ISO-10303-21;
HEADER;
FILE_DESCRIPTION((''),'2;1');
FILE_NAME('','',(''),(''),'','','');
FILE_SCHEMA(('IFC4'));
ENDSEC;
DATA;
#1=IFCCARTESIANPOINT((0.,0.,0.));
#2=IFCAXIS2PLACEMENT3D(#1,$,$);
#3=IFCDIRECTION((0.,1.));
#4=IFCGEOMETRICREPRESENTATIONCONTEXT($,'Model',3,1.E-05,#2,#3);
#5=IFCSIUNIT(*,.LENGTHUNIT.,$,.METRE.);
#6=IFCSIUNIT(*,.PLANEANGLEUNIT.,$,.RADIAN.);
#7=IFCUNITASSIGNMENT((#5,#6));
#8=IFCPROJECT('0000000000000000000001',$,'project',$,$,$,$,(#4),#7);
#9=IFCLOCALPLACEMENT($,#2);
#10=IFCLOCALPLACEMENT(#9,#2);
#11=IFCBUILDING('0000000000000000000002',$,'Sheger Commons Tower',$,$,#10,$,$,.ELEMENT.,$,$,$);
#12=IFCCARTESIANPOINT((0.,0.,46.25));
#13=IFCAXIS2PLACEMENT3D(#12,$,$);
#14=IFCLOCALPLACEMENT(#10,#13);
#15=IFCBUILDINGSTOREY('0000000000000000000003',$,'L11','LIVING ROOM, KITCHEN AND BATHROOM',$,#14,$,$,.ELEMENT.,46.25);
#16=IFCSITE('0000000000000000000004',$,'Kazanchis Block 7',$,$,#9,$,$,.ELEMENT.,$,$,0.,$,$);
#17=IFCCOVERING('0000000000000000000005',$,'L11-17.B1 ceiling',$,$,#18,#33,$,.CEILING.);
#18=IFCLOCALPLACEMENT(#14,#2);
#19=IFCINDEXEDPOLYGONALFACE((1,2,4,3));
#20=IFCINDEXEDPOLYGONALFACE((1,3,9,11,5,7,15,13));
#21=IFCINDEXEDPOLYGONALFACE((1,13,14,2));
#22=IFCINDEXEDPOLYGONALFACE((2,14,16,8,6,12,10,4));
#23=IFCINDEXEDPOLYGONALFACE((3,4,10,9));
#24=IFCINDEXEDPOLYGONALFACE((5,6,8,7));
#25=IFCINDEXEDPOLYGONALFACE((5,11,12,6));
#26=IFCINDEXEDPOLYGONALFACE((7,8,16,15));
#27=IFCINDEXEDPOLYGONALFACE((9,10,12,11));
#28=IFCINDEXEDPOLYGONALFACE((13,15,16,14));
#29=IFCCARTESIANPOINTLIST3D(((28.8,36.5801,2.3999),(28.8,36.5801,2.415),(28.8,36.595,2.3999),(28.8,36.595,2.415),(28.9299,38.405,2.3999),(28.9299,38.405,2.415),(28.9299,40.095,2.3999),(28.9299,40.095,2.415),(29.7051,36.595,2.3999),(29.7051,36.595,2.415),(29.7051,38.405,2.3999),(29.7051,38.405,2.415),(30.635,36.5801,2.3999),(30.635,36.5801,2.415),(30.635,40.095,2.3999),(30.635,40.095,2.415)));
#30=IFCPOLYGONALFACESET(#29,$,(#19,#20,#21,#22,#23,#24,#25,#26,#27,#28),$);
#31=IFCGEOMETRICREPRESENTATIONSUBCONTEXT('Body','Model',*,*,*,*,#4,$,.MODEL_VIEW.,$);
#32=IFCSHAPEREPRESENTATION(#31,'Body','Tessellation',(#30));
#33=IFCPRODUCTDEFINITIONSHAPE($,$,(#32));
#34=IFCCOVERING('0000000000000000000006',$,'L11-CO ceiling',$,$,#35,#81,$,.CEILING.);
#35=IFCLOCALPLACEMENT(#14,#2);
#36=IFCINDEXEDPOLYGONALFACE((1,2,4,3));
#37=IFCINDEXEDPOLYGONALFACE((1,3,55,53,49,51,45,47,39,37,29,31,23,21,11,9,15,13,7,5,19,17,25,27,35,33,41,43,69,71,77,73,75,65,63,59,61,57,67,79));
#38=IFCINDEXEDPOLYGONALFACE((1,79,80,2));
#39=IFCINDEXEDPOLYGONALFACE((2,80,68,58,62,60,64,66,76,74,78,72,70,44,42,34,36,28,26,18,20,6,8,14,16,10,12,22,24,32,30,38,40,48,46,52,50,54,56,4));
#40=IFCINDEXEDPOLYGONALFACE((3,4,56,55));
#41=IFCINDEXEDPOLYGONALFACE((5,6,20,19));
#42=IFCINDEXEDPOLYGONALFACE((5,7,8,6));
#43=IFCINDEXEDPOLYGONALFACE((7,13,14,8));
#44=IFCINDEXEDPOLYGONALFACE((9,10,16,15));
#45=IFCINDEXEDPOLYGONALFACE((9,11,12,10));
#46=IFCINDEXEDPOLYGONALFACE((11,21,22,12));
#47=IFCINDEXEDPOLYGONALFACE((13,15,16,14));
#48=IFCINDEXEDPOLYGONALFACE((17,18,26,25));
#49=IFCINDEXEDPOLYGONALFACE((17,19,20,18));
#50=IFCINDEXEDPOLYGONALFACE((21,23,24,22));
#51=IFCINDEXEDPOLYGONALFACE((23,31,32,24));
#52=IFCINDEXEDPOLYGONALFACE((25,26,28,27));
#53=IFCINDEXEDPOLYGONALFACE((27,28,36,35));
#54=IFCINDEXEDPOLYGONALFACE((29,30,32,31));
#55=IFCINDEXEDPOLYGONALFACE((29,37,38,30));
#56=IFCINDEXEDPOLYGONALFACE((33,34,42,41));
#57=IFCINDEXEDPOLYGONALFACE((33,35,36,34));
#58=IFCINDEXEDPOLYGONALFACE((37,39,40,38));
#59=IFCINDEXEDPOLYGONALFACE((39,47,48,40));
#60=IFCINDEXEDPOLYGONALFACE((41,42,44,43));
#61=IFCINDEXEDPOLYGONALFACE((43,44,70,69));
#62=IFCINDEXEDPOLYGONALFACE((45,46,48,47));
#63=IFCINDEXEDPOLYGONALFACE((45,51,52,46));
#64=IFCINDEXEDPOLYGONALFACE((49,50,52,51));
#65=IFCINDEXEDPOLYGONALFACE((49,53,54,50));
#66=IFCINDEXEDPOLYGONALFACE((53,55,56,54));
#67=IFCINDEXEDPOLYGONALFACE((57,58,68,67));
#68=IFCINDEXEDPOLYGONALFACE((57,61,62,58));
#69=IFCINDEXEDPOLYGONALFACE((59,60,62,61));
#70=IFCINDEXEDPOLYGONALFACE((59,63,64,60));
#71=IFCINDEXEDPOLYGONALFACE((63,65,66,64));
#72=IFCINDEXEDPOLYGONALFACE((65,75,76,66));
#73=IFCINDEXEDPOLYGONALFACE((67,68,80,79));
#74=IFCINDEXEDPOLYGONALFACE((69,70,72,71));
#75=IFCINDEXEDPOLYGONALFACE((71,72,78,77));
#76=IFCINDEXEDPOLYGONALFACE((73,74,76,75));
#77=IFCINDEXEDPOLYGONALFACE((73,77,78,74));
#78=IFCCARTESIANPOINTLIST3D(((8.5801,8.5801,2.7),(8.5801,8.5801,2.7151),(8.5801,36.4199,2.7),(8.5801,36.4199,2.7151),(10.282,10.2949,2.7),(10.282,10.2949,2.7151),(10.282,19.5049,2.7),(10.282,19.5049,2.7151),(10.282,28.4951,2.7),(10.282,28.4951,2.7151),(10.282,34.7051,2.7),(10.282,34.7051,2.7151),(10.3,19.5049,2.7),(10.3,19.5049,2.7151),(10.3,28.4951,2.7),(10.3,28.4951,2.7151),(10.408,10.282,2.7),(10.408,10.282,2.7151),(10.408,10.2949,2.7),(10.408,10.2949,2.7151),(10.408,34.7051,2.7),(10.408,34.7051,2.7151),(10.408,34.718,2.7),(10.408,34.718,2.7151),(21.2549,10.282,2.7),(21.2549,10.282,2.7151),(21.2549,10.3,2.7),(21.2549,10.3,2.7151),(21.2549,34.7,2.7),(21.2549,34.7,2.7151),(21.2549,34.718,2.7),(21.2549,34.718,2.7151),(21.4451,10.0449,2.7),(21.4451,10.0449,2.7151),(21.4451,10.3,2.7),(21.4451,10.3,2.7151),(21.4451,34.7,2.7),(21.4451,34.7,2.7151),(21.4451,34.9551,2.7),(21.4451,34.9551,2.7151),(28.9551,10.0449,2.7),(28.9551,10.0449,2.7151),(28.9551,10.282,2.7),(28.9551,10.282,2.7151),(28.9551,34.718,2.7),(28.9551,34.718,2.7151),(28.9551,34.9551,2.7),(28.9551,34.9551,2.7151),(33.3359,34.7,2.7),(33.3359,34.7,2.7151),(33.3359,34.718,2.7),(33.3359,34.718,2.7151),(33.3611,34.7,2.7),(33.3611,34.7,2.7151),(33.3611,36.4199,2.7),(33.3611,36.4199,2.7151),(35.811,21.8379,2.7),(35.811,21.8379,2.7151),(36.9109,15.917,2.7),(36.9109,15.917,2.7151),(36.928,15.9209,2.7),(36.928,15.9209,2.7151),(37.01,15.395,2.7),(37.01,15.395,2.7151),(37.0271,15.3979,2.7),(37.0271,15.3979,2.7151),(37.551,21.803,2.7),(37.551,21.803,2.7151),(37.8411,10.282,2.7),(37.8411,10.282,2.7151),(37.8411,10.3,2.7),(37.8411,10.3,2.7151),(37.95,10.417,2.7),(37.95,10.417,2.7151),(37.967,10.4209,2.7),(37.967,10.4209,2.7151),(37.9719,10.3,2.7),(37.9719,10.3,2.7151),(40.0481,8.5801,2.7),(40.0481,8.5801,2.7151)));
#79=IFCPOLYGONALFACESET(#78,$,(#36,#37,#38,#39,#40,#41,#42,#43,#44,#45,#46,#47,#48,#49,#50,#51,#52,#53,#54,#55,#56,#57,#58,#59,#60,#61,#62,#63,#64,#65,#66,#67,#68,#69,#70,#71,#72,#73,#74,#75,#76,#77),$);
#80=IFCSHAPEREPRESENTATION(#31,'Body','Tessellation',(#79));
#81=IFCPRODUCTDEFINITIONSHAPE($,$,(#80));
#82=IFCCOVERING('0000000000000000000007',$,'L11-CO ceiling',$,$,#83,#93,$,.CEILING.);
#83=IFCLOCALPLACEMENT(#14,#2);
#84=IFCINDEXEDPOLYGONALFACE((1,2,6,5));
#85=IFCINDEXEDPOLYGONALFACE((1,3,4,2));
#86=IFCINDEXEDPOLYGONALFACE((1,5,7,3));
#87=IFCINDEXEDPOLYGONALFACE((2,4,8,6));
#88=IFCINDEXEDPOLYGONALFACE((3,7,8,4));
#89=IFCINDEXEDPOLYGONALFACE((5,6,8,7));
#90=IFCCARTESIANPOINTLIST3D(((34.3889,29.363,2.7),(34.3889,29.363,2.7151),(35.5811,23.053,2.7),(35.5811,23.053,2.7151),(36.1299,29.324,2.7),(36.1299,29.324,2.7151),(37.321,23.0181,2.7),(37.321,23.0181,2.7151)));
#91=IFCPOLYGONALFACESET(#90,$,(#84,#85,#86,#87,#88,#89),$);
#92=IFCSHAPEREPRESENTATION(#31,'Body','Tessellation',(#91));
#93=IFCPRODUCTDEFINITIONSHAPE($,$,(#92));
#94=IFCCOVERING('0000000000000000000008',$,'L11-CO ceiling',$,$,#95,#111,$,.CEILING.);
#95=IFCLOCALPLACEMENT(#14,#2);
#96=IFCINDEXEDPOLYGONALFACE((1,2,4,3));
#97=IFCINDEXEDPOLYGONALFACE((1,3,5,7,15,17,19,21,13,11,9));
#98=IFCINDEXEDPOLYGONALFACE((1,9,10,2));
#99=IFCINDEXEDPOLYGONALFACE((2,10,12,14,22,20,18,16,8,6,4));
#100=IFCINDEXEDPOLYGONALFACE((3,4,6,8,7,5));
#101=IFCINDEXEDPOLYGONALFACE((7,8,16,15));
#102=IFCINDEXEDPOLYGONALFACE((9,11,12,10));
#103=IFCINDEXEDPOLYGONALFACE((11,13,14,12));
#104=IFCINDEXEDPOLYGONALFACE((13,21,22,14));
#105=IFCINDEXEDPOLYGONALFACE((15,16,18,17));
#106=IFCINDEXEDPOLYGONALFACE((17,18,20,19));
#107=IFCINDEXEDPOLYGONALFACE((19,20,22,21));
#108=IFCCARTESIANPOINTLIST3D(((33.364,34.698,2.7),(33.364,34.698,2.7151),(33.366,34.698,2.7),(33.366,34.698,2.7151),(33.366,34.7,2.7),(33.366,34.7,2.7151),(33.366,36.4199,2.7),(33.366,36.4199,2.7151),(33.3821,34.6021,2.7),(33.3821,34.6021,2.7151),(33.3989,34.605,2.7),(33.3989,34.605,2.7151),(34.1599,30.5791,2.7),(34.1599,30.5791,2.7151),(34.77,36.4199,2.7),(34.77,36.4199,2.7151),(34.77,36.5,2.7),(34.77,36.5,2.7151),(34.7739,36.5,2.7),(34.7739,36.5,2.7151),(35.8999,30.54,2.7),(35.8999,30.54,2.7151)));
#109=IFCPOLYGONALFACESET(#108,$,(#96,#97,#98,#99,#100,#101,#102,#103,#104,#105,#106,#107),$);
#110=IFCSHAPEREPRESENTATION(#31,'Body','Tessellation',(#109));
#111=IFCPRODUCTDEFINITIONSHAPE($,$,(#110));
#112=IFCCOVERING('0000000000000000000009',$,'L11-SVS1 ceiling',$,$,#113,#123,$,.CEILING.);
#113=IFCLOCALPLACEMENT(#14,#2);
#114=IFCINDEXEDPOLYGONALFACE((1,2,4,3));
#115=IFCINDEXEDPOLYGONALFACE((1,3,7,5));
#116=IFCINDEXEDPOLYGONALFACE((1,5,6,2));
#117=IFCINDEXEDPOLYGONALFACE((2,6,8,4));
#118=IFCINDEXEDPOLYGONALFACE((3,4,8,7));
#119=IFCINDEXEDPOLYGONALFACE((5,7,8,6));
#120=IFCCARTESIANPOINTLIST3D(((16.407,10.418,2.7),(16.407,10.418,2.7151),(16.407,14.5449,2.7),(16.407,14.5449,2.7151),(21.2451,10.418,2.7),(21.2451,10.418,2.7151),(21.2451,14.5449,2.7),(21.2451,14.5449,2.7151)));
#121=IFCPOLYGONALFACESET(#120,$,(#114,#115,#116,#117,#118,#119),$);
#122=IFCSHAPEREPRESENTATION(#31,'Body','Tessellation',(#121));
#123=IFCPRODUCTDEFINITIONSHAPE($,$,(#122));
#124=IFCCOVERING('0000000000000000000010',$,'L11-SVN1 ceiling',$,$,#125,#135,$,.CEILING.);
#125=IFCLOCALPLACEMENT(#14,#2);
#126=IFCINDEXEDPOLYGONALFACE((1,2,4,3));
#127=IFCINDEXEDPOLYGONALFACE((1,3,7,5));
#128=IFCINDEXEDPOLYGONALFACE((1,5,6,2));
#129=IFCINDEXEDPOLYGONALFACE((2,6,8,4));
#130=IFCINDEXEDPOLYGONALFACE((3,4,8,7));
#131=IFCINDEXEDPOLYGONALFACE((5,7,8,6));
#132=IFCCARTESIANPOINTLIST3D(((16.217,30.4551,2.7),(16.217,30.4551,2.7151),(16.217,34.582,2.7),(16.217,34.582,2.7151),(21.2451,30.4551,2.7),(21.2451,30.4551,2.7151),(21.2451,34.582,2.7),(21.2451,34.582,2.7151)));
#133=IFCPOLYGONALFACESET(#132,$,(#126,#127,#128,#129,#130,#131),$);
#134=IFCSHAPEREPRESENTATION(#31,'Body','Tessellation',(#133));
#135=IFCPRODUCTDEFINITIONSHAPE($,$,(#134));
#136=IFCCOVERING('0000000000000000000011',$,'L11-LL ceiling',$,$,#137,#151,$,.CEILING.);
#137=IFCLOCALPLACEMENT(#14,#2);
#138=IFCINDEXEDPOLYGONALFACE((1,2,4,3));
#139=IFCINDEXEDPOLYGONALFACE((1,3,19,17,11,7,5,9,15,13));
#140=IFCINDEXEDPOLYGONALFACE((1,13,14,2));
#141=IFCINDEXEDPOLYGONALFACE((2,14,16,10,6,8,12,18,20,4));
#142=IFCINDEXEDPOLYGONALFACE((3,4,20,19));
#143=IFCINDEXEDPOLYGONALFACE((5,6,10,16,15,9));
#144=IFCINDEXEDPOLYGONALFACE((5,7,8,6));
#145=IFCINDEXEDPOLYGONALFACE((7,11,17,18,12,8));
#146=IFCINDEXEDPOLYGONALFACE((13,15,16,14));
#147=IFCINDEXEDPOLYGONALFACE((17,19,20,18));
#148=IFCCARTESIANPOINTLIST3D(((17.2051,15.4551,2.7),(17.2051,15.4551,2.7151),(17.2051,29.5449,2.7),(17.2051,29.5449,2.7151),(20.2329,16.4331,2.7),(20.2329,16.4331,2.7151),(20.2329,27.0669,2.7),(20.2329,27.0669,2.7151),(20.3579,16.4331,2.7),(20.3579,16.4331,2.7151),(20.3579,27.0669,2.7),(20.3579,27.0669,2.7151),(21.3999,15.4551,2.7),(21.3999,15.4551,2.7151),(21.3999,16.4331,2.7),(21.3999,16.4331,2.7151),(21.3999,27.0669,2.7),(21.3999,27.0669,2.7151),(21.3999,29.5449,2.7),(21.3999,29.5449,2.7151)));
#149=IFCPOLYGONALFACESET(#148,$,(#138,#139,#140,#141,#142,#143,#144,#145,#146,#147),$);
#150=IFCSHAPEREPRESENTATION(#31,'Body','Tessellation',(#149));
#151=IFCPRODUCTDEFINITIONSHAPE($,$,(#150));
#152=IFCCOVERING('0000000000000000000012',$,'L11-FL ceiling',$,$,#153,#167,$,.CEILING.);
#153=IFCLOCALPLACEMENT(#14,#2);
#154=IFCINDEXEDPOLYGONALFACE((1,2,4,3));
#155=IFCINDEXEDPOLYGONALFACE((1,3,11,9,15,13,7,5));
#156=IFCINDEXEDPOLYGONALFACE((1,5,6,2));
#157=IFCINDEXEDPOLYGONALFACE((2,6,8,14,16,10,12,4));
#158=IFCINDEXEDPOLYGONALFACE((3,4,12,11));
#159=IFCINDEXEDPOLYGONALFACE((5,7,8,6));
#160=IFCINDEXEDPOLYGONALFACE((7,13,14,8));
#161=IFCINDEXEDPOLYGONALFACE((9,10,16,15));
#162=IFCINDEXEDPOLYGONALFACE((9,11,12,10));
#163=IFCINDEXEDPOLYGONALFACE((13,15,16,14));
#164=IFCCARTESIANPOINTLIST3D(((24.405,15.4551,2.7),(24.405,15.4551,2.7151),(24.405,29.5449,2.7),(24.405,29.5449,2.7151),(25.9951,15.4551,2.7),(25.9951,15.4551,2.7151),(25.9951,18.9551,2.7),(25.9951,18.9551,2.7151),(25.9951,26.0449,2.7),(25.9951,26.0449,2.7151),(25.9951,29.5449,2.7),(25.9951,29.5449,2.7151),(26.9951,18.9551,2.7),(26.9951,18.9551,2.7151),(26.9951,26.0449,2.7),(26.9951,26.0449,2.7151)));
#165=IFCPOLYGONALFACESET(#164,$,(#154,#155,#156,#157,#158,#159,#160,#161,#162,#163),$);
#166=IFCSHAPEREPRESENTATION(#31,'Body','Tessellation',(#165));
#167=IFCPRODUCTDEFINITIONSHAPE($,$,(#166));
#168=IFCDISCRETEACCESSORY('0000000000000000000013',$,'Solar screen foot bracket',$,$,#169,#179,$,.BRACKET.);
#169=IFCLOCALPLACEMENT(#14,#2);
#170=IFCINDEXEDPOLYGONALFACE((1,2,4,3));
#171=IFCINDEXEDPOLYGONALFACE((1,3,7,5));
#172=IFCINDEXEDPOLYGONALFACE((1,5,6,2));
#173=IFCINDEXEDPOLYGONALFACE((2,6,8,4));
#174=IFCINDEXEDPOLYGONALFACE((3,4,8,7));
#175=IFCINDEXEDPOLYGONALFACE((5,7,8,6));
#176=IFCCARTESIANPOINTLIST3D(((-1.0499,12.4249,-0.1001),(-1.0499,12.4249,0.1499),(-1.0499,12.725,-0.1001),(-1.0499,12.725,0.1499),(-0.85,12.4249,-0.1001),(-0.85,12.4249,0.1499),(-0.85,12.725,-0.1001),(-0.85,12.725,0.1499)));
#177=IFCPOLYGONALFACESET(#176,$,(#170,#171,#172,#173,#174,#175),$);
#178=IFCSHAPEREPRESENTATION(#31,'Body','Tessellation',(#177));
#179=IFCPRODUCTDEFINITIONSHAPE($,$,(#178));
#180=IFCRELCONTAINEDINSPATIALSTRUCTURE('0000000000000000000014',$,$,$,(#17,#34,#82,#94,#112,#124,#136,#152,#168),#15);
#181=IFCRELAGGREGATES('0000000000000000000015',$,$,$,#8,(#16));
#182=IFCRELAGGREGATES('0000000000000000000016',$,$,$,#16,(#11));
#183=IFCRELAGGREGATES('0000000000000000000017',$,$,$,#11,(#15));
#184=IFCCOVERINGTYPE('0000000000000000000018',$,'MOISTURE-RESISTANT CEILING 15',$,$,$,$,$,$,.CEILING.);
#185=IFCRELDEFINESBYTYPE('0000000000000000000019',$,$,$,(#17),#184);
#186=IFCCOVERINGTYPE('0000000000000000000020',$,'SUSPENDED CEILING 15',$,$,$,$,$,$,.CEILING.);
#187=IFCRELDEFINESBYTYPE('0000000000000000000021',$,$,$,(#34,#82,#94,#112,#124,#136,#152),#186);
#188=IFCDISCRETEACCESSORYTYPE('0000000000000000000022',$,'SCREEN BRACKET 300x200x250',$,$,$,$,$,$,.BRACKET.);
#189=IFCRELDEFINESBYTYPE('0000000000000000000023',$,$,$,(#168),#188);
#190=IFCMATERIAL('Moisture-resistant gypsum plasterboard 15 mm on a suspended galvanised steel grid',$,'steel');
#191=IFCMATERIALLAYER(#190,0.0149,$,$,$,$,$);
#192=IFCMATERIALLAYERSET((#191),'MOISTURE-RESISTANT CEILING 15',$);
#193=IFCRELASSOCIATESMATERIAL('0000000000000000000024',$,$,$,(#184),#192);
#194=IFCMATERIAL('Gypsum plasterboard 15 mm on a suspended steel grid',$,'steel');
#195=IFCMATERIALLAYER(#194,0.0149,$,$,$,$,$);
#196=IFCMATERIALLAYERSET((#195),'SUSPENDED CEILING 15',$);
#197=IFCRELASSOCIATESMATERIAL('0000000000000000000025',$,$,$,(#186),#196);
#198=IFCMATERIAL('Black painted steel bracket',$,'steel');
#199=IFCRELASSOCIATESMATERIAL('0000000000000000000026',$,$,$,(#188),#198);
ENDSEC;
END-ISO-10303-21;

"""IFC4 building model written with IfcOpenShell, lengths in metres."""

from ifc_helpers import new_model, si_unit, direction, frame, origin, origin_2d, place, context, subcontext, project, spatial, polyline, rectangle, outline, extrude, material, layer, layer_set, type_object, element, save


model = new_model("IFC4")

# Units and contexts
model_context = context("Model", 3, precision=1e-05, world=origin(), true_north=direction((0.0, 1.0)))
body_context = subcontext(model_context, "Body", "Model", "MODEL_VIEW")
ifc_project = project(units=[si_unit("LENGTHUNIT", "METRE"), si_unit("PLANEANGLEUNIT", "RADIAN")], contexts=[model_context])

# Site, building, storey
site_placement = place(None, origin())
site = spatial("IfcSite", under=ifc_project, at=site_placement, Name="Kazanchis Block 7", CompositionType="ELEMENT", RefElevation=0.0)
building_placement = place(site_placement, origin())
building = spatial("IfcBuilding", under=site, at=building_placement, Name="Sheger Commons Tower", CompositionType="ELEMENT")
storey_placement = place(building_placement, frame((0.0, 0.0, 46.25)))
storey = spatial("IfcBuildingStorey", under=building, at=storey_placement, Name="L11", Description="LIVING ROOM, KITCHEN AND BATHROOM", CompositionType="ELEMENT", Elevation=46.25)

# Coverings
ifc_material_1 = material(Name="Moisture-resistant gypsum plasterboard 15 mm on a suspended galvanised steel grid", Category="steel")
ifc_layer_1 = layer(ifc_material_1, 0.0149)
ifc_layer_set_1 = layer_set([ifc_layer_1], Name="MOISTURE-RESISTANT CEILING 15")
covering_type_1 = type_object("IfcCoveringType", Name="MOISTURE-RESISTANT CEILING 15", PredefinedType="CEILING", material=ifc_layer_set_1)
covering_1_placement = place(storey_placement, frame((0.0, 0.0, 2.3999)))
element("IfcCovering", 1, at=covering_1_placement, inside=storey, type_object=covering_type_1, Name="L11-17.B1 ceiling", PredefinedType="CEILING", context=body_context, shape_type="SweptSolid", body=[
    extrude(outline(polyline([(28.8, 36.5801), (30.635, 36.5801), (30.635, 40.095), (28.9299, 40.095), (28.9299, 38.405), (29.7051, 38.405), (29.7051, 36.595), (28.8, 36.595), (28.8, 36.5801)])), origin(), (0.0, 0.0, 1.0), 0.0151),
])
ifc_material_2 = material(Name="Gypsum plasterboard 15 mm on a suspended steel grid", Category="steel")
ifc_layer_2 = layer(ifc_material_2, 0.0149)
ifc_layer_set_2 = layer_set([ifc_layer_2], Name="SUSPENDED CEILING 15")
covering_type_2 = type_object("IfcCoveringType", Name="SUSPENDED CEILING 15", PredefinedType="CEILING", material=ifc_layer_set_2)
covering_2_placement = place(storey_placement, frame((0.0, 0.0, 2.7)))
element("IfcCovering", 2, at=covering_2_placement, inside=storey, type_object=covering_type_2, Name="L11-CO ceiling", PredefinedType="CEILING", context=body_context, shape_type="SweptSolid", body=[
    extrude(outline(polyline([(8.5801, 8.5801), (40.0481, 8.5801), (37.551, 21.803), (35.811, 21.8379), (36.928, 15.9209), (36.9109, 15.917), (37.01, 15.395), (37.0271, 15.3979), (37.967, 10.4209), (37.95, 10.417), (37.9719, 10.3), (37.8411, 10.3), (37.8411, 10.282), (28.9551, 10.282), (28.9551, 10.0449), (21.4451, 10.0449), (21.4451, 10.3), (21.2549, 10.3), (21.2549, 10.282), (10.408, 10.282), (10.408, 10.2949), (10.282, 10.2949), (10.282, 19.5049), (10.3, 19.5049), (10.3, 28.4951), (10.282, 28.4951), (10.282, 34.7051), (10.408, 34.7051), (10.408, 34.718), (21.2549, 34.718), (21.2549, 34.7), (21.4451, 34.7), (21.4451, 34.9551), (28.9551, 34.9551), (28.9551, 34.718), (33.3359, 34.718), (33.3359, 34.7), (33.3611, 34.7), (33.3611, 36.4199), (8.5801, 36.4199), (8.5801, 8.5801)])), origin(), (0.0, 0.0, 1.0), 0.0151),
])
covering_3_placement = place(storey_placement, frame((0.0, 0.0, 2.7)))
element("IfcCovering", 3, at=covering_3_placement, inside=storey, type_object=covering_type_2, Name="L11-CO ceiling", PredefinedType="CEILING", context=body_context, shape_type="SweptSolid", body=[
    extrude(outline(polyline([(37.321, 23.0181), (36.1299, 29.324), (34.3889, 29.363), (35.5811, 23.053), (37.321, 23.0181)])), origin(), (0.0, 0.0, 1.0), 0.0151),
])
covering_4_placement = place(storey_placement, frame((0.0, 0.0, 2.7)))
element("IfcCovering", 4, at=covering_4_placement, inside=storey, type_object=covering_type_2, Name="L11-CO ceiling", PredefinedType="CEILING", context=body_context, shape_type="SweptSolid", body=[
    extrude(outline(polyline([(35.8999, 30.54), (34.7739, 36.5), (34.77, 36.5), (34.77, 36.4199), (33.366, 36.4199), (33.366, 34.7), (33.366, 34.698), (33.364, 34.698), (33.3821, 34.6021), (33.3989, 34.605), (34.1599, 30.5791), (35.8999, 30.54)])), origin(), (0.0, 0.0, 1.0), 0.0151),
])
covering_5_placement = place(storey_placement, frame((0.0, 0.0, 2.7)))
element("IfcCovering", 5, at=covering_5_placement, inside=storey, type_object=covering_type_2, Name="L11-SVS1 ceiling", PredefinedType="CEILING", context=body_context, shape_type="SweptSolid", body=[
    extrude(outline(polyline([(16.407, 10.418), (21.2451, 10.418), (21.2451, 14.5449), (16.407, 14.5449), (16.407, 10.418)])), origin(), (0.0, 0.0, 1.0), 0.0151),
])
covering_6_placement = place(storey_placement, frame((0.0, 0.0, 2.7)))
element("IfcCovering", 6, at=covering_6_placement, inside=storey, type_object=covering_type_2, Name="L11-SVN1 ceiling", PredefinedType="CEILING", context=body_context, shape_type="SweptSolid", body=[
    extrude(outline(polyline([(16.217, 30.4551), (21.2451, 30.4551), (21.2451, 34.582), (16.217, 34.582), (16.217, 30.4551)])), origin(), (0.0, 0.0, 1.0), 0.0151),
])
covering_7_placement = place(storey_placement, frame((0.0, 0.0, 2.7)))
element("IfcCovering", 7, at=covering_7_placement, inside=storey, type_object=covering_type_2, Name="L11-LL ceiling", PredefinedType="CEILING", context=body_context, shape_type="SweptSolid", body=[
    extrude(outline(polyline([(17.2051, 15.4551), (21.3999, 15.4551), (21.3999, 16.4331), (20.3579, 16.4331), (20.2329, 16.4331), (20.2329, 27.0669), (20.3579, 27.0669), (21.3999, 27.0669), (21.3999, 29.5449), (17.2051, 29.5449), (17.2051, 15.4551)])), origin(), (0.0, 0.0, 1.0), 0.0151),
])
covering_8_placement = place(storey_placement, frame((0.0, 0.0, 2.7)))
element("IfcCovering", 8, at=covering_8_placement, inside=storey, type_object=covering_type_2, Name="L11-FL ceiling", PredefinedType="CEILING", context=body_context, shape_type="SweptSolid", body=[
    extrude(outline(polyline([(24.405, 15.4551), (25.9951, 15.4551), (25.9951, 18.9551), (26.9951, 18.9551), (26.9951, 26.0449), (25.9951, 26.0449), (25.9951, 29.5449), (24.405, 29.5449), (24.405, 15.4551)])), origin(), (0.0, 0.0, 1.0), 0.0151),
])

# Discrete accessory
ifc_material_3 = material(Name="Black painted steel bracket", Category="steel")
discrete_accessory_type = type_object("IfcDiscreteAccessoryType", Name="SCREEN BRACKET 300x200x250", PredefinedType="BRACKET", material=ifc_material_3)
for number, where, z_axis, x_axis, name in (
    (9, (-0.95, 12.575, -0.1001), (0.0, 0.0, 1.0), (0.0, -1.0, 0.0), "Solar screen foot bracket"),
):
    element("IfcDiscreteAccessory", number, at=place(storey_placement, frame(where, z_axis=z_axis, x_axis=x_axis)), inside=storey, type_object=discrete_accessory_type, Name=name, PredefinedType="BRACKET", context=body_context, shape_type="SweptSolid", body=[
        extrude(rectangle(XDim=0.3, YDim=0.2, at=origin_2d()), origin(), (0.0, 0.0, 1.0), 0.25),
    ])

save(model, "model.ifc")
